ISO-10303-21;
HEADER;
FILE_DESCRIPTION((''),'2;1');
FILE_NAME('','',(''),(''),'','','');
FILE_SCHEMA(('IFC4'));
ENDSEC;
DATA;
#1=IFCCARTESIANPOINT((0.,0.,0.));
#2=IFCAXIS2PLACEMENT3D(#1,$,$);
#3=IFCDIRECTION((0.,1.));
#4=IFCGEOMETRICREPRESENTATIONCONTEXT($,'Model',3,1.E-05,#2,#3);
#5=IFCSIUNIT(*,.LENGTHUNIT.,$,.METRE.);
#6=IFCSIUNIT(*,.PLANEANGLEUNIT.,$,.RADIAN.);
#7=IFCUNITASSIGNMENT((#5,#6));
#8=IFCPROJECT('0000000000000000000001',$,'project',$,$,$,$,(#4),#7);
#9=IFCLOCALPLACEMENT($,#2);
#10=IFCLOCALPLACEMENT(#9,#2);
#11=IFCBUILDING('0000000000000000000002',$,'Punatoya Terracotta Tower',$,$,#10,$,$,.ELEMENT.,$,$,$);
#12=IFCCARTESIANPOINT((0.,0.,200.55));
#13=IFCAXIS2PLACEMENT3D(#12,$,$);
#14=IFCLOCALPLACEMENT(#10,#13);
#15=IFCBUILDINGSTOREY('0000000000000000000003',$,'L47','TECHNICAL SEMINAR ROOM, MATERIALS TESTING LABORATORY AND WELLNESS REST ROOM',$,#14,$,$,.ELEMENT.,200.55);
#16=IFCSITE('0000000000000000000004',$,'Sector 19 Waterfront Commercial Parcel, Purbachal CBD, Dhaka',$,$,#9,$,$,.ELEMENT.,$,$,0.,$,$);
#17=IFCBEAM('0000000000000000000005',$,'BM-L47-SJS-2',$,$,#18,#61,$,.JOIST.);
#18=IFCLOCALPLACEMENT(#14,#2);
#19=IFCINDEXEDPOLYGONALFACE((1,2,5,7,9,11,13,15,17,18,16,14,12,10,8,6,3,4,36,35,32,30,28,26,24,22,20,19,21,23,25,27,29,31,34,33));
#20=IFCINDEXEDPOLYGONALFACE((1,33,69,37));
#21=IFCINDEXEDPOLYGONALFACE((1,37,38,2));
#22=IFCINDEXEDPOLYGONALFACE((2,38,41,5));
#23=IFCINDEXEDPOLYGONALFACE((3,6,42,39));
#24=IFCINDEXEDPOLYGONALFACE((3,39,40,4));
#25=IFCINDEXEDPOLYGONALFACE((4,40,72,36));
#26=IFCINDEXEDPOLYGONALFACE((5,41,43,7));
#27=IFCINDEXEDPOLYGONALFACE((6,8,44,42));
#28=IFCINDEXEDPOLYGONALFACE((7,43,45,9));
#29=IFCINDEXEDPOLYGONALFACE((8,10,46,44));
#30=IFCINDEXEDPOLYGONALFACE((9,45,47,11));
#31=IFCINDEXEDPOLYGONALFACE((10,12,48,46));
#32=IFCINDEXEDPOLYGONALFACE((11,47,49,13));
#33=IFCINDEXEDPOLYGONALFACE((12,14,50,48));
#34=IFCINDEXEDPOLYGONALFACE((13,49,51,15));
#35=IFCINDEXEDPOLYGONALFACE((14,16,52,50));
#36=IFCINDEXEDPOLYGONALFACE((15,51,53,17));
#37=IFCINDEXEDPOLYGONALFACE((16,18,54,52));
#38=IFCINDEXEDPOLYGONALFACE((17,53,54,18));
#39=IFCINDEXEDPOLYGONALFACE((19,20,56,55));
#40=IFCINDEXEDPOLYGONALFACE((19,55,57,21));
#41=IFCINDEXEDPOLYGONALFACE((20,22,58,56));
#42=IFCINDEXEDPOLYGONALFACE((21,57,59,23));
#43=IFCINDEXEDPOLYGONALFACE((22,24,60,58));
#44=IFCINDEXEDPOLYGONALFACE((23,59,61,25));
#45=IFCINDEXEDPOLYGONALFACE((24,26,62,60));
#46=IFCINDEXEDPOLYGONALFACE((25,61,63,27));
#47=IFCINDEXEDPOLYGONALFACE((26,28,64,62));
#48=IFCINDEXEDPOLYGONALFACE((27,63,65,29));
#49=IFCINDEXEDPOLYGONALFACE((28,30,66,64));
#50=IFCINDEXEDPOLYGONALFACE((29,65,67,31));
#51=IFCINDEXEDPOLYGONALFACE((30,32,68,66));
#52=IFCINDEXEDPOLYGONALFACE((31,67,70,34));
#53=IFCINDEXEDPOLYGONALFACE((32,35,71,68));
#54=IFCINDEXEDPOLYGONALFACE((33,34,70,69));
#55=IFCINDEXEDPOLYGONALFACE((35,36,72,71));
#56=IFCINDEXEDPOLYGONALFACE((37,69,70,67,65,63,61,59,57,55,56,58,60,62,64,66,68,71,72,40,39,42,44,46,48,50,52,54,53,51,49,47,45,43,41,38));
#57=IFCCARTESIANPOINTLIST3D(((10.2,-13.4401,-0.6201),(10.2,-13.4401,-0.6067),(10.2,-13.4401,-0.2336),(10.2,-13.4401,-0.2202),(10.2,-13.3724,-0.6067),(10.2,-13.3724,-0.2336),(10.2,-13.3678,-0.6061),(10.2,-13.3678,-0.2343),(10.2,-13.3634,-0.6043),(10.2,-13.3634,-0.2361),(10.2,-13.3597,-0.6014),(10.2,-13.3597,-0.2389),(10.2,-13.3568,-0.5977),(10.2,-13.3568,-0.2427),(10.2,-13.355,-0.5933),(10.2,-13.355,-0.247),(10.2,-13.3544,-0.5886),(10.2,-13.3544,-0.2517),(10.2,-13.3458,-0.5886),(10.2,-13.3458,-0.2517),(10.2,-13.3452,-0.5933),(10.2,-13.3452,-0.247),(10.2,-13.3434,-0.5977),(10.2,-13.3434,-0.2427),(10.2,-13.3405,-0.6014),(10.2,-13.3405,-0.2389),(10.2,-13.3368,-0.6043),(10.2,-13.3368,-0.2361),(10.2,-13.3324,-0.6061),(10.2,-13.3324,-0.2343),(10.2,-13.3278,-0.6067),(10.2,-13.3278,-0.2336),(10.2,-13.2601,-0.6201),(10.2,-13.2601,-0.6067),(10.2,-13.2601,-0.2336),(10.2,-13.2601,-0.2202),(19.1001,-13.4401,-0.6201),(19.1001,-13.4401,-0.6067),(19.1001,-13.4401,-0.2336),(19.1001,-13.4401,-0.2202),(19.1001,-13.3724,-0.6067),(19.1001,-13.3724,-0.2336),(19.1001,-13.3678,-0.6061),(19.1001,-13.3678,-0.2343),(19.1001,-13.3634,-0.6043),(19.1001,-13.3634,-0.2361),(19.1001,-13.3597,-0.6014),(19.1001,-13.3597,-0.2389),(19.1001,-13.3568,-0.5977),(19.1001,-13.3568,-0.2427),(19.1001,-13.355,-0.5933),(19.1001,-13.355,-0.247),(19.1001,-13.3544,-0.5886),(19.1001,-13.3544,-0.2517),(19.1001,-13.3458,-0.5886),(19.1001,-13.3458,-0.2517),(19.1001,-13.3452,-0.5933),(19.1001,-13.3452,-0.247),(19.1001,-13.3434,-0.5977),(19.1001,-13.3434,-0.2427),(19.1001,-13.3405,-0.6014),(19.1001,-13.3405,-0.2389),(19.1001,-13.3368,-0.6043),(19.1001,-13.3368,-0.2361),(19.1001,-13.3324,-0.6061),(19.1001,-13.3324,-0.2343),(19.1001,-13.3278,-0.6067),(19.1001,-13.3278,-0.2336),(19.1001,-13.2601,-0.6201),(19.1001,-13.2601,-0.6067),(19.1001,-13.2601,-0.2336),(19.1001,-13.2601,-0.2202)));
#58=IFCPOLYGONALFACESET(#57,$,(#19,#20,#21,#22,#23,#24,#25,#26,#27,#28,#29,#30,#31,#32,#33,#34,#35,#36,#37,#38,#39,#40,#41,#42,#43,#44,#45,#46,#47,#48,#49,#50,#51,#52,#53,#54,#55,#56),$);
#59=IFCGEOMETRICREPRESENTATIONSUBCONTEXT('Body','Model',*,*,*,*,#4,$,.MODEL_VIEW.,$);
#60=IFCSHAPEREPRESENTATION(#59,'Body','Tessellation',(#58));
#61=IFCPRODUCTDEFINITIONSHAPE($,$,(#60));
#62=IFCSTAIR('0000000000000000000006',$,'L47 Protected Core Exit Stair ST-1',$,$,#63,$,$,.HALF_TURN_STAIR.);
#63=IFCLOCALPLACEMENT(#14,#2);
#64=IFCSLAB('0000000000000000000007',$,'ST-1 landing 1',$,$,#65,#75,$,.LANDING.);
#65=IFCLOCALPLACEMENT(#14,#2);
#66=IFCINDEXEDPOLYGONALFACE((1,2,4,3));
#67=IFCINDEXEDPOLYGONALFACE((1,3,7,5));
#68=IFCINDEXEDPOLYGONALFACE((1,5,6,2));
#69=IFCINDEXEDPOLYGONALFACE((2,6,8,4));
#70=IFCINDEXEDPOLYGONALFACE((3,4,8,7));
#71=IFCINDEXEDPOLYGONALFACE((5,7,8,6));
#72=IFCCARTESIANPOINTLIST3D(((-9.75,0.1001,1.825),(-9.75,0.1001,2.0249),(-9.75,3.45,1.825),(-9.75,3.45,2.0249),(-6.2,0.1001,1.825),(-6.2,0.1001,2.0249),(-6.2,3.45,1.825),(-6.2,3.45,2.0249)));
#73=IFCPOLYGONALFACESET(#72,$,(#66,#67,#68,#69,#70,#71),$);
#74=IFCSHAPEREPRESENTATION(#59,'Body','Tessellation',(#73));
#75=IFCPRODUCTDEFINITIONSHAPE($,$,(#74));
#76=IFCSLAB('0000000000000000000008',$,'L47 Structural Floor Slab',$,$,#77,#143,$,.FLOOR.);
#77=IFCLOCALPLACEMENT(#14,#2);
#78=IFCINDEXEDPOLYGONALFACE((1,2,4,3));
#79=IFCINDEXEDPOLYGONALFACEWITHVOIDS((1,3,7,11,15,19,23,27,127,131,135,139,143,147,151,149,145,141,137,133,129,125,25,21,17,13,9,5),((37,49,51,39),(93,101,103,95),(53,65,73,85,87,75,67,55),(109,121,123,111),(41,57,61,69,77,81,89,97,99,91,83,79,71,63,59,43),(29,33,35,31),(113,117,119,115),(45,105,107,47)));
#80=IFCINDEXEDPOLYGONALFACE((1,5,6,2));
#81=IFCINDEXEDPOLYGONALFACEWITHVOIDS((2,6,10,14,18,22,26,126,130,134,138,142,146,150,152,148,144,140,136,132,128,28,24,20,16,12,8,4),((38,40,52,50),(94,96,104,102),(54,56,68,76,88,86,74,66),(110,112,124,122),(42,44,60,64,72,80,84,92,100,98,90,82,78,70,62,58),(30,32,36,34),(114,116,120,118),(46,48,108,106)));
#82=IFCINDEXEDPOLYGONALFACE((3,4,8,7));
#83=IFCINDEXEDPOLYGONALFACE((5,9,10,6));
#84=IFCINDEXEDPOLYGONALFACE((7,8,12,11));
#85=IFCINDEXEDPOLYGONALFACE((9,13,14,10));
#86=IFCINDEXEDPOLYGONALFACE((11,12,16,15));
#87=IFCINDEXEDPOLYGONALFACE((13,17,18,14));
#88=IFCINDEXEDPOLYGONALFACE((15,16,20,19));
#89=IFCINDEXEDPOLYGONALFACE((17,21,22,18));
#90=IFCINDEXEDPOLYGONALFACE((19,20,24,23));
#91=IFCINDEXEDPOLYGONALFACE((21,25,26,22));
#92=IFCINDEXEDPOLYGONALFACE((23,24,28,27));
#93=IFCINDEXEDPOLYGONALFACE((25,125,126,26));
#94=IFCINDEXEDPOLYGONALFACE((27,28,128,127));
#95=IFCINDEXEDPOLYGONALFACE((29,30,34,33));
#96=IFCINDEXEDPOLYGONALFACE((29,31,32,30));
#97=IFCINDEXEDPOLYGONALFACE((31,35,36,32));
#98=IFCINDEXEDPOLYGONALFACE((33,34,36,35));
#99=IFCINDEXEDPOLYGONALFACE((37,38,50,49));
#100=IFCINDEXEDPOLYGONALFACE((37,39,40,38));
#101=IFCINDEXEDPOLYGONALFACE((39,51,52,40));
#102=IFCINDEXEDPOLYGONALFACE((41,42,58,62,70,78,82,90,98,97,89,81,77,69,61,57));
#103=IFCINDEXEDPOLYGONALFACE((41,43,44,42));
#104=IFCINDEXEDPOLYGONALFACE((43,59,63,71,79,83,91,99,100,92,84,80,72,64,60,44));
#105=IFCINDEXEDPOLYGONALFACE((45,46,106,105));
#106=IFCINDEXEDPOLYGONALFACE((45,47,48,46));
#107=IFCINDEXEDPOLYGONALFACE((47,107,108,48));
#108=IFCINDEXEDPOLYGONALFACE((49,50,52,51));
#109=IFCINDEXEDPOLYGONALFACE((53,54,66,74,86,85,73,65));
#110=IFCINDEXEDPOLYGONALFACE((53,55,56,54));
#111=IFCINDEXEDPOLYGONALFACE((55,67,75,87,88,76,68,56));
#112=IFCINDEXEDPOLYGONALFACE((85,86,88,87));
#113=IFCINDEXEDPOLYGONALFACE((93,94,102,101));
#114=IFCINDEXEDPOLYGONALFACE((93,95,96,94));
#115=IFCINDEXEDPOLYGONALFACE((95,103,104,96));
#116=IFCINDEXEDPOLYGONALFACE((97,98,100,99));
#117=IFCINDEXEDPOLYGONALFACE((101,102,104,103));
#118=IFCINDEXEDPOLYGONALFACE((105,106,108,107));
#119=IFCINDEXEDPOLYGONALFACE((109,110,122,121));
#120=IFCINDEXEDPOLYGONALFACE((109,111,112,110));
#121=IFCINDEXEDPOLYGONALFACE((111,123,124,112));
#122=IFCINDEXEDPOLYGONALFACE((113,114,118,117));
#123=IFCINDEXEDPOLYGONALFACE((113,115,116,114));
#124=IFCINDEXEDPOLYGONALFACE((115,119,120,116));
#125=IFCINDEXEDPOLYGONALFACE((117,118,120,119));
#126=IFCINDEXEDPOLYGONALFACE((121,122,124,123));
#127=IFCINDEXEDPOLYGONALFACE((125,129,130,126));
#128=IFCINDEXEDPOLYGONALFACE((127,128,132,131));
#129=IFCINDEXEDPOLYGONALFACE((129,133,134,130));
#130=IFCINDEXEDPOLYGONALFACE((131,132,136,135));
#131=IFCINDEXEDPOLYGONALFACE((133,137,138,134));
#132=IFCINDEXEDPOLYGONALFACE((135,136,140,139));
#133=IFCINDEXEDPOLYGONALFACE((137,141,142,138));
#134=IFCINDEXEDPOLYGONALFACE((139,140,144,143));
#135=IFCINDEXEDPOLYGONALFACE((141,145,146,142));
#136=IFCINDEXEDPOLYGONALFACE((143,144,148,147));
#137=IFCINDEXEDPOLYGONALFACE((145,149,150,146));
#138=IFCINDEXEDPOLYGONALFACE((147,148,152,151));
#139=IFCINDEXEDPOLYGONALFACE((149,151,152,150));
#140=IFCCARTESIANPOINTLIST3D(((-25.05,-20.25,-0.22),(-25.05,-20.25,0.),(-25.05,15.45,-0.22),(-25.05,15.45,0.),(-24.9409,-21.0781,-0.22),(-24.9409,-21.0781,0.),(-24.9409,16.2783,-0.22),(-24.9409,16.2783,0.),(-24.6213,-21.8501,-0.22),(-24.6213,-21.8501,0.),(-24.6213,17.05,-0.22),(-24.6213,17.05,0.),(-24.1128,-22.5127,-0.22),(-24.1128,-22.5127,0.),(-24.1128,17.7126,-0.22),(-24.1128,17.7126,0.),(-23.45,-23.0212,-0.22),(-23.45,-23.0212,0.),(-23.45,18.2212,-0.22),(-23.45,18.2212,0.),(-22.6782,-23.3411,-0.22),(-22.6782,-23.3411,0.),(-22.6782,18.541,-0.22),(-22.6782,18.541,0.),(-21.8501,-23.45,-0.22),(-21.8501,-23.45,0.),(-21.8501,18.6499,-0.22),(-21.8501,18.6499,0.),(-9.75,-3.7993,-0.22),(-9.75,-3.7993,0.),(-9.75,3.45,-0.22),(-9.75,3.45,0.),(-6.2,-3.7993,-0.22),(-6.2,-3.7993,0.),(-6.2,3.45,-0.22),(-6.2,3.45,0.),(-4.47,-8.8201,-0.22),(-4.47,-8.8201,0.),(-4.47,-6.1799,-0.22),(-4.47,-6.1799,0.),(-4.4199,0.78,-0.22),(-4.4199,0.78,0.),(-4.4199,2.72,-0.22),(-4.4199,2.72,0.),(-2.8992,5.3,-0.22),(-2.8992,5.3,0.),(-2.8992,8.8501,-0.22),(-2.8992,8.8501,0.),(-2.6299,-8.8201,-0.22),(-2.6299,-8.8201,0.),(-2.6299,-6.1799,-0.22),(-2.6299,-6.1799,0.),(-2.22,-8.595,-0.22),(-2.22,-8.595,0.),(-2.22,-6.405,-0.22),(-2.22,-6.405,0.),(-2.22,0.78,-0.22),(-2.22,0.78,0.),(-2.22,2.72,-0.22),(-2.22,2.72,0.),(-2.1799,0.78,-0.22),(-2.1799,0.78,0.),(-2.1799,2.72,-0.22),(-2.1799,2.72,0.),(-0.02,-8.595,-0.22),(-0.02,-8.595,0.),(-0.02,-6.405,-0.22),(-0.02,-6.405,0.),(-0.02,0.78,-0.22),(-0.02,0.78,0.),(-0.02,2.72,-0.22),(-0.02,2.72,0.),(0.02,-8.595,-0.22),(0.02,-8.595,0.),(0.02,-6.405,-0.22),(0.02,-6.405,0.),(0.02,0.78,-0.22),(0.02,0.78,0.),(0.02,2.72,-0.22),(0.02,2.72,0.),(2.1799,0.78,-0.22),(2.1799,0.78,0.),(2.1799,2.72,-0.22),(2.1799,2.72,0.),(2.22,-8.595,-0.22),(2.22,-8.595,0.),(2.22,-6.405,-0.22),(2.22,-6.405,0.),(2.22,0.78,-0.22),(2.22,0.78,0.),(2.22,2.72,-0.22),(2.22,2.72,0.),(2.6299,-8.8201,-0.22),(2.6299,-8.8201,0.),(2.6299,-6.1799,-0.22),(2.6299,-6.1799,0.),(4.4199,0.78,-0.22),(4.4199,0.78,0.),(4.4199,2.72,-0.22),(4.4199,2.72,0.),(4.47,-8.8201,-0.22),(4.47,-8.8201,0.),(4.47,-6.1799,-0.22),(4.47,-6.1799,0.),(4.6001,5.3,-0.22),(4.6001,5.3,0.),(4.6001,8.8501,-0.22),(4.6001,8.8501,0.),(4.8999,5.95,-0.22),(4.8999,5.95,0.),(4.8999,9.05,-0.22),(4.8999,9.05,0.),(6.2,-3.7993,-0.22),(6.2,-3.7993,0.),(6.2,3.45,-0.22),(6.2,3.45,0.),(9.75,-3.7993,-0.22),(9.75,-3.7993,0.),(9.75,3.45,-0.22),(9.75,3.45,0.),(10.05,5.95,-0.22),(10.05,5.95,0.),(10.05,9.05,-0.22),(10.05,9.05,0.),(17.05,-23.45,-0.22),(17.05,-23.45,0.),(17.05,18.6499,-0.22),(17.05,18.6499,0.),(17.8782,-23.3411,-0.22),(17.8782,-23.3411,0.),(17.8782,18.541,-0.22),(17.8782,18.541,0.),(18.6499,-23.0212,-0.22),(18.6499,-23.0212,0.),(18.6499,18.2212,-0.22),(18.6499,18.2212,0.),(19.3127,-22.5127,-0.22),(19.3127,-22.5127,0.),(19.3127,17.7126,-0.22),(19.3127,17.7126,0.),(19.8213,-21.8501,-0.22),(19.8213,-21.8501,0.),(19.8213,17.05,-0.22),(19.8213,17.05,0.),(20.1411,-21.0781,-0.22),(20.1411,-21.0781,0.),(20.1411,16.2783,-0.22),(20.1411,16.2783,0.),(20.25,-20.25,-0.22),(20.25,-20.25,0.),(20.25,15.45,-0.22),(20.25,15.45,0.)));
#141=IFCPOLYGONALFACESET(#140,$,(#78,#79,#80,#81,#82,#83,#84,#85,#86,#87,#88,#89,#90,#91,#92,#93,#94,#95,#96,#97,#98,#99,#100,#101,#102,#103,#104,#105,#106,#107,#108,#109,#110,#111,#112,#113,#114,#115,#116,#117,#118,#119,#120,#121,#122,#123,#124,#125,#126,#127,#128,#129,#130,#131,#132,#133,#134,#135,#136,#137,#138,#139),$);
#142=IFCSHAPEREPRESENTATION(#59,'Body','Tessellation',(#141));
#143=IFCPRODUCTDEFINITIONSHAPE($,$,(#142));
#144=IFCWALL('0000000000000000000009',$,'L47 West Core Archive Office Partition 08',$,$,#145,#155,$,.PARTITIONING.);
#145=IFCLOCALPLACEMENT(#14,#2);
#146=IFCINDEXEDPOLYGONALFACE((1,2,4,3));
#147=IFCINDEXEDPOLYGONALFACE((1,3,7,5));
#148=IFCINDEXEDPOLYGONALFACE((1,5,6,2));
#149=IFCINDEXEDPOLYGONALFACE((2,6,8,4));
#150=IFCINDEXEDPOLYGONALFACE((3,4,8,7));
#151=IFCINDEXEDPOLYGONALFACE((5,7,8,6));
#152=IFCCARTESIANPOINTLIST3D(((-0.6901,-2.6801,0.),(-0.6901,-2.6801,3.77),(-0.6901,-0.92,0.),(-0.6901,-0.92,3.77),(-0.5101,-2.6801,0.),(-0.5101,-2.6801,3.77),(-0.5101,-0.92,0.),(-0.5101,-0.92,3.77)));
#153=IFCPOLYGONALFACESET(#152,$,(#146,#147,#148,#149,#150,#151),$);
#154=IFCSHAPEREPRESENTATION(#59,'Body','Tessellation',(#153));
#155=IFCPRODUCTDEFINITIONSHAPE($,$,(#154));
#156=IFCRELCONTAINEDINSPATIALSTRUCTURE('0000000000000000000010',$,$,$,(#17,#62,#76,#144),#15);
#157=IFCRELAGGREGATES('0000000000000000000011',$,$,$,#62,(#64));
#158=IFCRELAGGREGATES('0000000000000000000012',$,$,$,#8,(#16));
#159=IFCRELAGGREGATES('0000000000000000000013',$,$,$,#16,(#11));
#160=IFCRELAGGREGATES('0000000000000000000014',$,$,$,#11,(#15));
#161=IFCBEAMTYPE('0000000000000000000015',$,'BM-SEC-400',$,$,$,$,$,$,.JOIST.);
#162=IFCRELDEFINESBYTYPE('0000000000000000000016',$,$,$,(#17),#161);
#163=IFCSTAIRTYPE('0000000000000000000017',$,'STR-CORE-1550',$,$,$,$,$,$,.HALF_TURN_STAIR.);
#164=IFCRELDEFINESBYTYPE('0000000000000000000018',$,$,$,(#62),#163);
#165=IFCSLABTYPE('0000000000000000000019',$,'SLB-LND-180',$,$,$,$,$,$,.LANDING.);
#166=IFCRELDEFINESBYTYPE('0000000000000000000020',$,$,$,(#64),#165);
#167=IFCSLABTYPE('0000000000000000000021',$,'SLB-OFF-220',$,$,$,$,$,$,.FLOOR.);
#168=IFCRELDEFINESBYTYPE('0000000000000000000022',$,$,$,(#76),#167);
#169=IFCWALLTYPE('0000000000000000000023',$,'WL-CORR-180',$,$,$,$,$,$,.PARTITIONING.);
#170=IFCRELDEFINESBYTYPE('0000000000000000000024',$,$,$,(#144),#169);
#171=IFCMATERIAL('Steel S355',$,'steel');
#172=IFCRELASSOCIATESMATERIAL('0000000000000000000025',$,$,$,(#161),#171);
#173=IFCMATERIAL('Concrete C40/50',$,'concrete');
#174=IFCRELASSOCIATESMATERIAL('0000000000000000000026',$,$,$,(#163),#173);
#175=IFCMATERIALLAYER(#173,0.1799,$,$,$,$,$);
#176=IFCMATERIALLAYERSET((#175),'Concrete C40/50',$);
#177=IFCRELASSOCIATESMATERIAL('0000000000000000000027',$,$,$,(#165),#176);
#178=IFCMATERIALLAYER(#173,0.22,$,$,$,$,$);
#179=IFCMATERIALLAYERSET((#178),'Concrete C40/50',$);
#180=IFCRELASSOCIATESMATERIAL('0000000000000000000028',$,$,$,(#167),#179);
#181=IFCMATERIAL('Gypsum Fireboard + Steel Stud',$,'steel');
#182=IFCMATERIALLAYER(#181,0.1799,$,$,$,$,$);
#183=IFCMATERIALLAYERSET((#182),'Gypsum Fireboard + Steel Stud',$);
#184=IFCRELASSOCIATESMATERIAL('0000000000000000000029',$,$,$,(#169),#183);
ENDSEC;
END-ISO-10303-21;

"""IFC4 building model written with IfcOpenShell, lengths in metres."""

from ifc_helpers import new_model, si_unit, direction, frame, frame_2d, origin, origin_2d, place, context, subcontext, project, spatial, polyline, rectangle, i_section, outline, extrude, material, layer, layer_set, material_profile, profile_set, type_object, element, aggregate, save


model = new_model("IFC4")

# Units and contexts
model_context = context("Model", 3, precision=1e-05, world=origin(), true_north=direction((0.0, 1.0)))
body_context = subcontext(model_context, "Body", "Model", "MODEL_VIEW")
ifc_project = project(units=[si_unit("LENGTHUNIT", "METRE"), si_unit("PLANEANGLEUNIT", "RADIAN")], contexts=[model_context])

# Site, building, storey
site_placement = place(None, origin())
site = spatial("IfcSite", under=ifc_project, at=site_placement, Name="Sector 19 Waterfront Commercial Parcel, Purbachal CBD, Dhaka", CompositionType="ELEMENT", RefElevation=0.0)
building_placement = place(site_placement, origin())
building = spatial("IfcBuilding", under=site, at=building_placement, Name="Punatoya Terracotta Tower", CompositionType="ELEMENT")
storey_placement = place(building_placement, frame((0.0, 0.0, 200.55)))
storey = spatial("IfcBuildingStorey", under=building, at=storey_placement, Name="L47", Description="TECHNICAL SEMINAR ROOM, MATERIALS TESTING LABORATORY AND WELLNESS REST ROOM", CompositionType="ELEMENT", Elevation=200.55)

# Beam
ifc_material_1 = material(Name="Steel S355", Category="steel")
ifc_material_profile = material_profile(ifc_material_1, i_section(OverallWidth=0.1799, OverallDepth=0.3999, WebThickness=0.0085, FlangeThickness=0.0134, FilletRadius=0.0181, at=origin_2d()))
ifc_profile_set = profile_set([ifc_material_profile], Name="Steel S355")
beam_type = type_object("IfcBeamType", Name="BM-SEC-400", PredefinedType="JOIST", material=ifc_profile_set)
beam_placement = place(storey_placement, frame((10.2, -13.3501, -0.4202), z_axis=(1.0, 0.0, 0.0), x_axis=(0.0, 1.0, 0.0)))
element("IfcBeam", 1, at=beam_placement, inside=storey, type_object=beam_type, Name="BM-L47-SJS-2", PredefinedType="JOIST", context=body_context, shape_type="SweptSolid", body=[
    extrude(i_section(OverallWidth=0.1799, OverallDepth=0.3999, WebThickness=0.0085, FlangeThickness=0.0134, FilletRadius=0.0181, at=origin_2d()), origin(), (0.0, 0.0, 1.0), 8.9001),
])

# Stair, slab
ifc_material_2 = material(Name="Concrete C40/50", Category="concrete")
stair_type_1 = type_object("IfcStairType", Name="STR-CORE-1550", PredefinedType="HALF_TURN_STAIR", material=ifc_material_2)
stair_1_placement = place(storey_placement, origin())
stair_1 = element("IfcStair", 2, at=stair_1_placement, inside=storey, type_object=stair_type_1, Name="L47 Protected Core Exit Stair ST-1", PredefinedType="HALF_TURN_STAIR")
ifc_layer_1 = layer(ifc_material_2, 0.1799)
ifc_layer_set_1 = layer_set([ifc_layer_1], Name="Concrete C40/50")
slab_type_1 = type_object("IfcSlabType", Name="SLB-LND-180", PredefinedType="LANDING", material=ifc_layer_set_1)
slab_1_placement = place(storey_placement, frame((0.0, 0.0, 1.825)))
slab_1 = element("IfcSlab", 3, at=slab_1_placement, type_object=slab_type_1, Name="ST-1 landing 1", PredefinedType="LANDING", context=body_context, shape_type="SweptSolid", body=[
    extrude(outline(polyline([(-6.2, 0.1001), (-6.2, 3.45), (-9.75, 3.45), (-9.75, 0.1001), (-6.2, 0.1001)])), origin(), (0.0, 0.0, 1.0), 0.2),
])
aggregate(stair_1, [slab_1])

# Slab
ifc_layer_2 = layer(ifc_material_2, 0.22)
ifc_layer_set_2 = layer_set([ifc_layer_2], Name="Concrete C40/50")
slab_type_2 = type_object("IfcSlabType", Name="SLB-OFF-220", PredefinedType="FLOOR", material=ifc_layer_set_2)
slab_2_placement = place(storey_placement, frame((0.0, 0.0, -0.22)))
element("IfcSlab", 4, at=slab_2_placement, inside=storey, type_object=slab_type_2, Name="L47 Structural Floor Slab", PredefinedType="FLOOR", context=body_context, shape_type="SweptSolid", body=[
    extrude(outline(polyline([(-21.8501, -23.45), (-22.6782, -23.3411), (-23.45, -23.0212), (-24.1128, -22.5127), (-24.6213, -21.8501), (-24.9409, -21.0781), (-25.05, -20.25), (-25.05, 15.45), (-24.9409, 16.2783), (-24.6213, 17.05), (-24.1128, 17.7126), (-23.45, 18.2212), (-22.6782, 18.541), (-21.8501, 18.6499), (17.05, 18.6499), (17.8782, 18.541), (18.6499, 18.2212), (19.3127, 17.7126), (19.8213, 17.05), (20.1411, 16.2783), (20.25, 15.45), (20.25, -20.25), (20.1411, -21.0781), (19.8213, -21.8501), (19.3127, -22.5127), (18.6499, -23.0212), (17.8782, -23.3411), (17.05, -23.45), (-21.8501, -23.45)]), holes=[polyline([(-2.6299, -6.1799), (-4.47, -6.1799), (-4.47, -8.8201), (-2.6299, -8.8201), (-2.6299, -6.1799)]), polyline([(0.02, -8.595), (2.22, -8.595), (2.22, -6.405), (0.02, -6.405), (-0.02, -6.405), (-2.22, -6.405), (-2.22, -8.595), (-0.02, -8.595), (0.02, -8.595)]), polyline([(-6.2, 3.45), (-9.75, 3.45), (-9.75, -3.7993), (-6.2, -3.7993), (-6.2, 3.45)]), polyline([(-4.4199, 2.72), (-4.4199, 0.78), (-2.22, 0.78), (-2.1799, 0.78), (-0.02, 0.78), (0.02, 0.78), (2.1799, 0.78), (2.22, 0.78), (4.4199, 0.78), (4.4199, 2.72), (2.22, 2.72), (2.1799, 2.72), (0.02, 2.72), (-0.02, 2.72), (-2.1799, 2.72), (-2.22, 2.72), (-4.4199, 2.72)]), polyline([(4.6001, 5.3), (4.6001, 8.8501), (-2.8992, 8.8501), (-2.8992, 5.3), (4.6001, 5.3)]), polyline([(4.47, -8.8201), (4.47, -6.1799), (2.6299, -6.1799), (2.6299, -8.8201), (4.47, -8.8201)]), polyline([(9.75, 3.45), (6.2, 3.45), (6.2, -3.7993), (9.75, -3.7993), (9.75, 3.45)]), polyline([(10.05, 5.95), (10.05, 9.05), (4.8999, 9.05), (4.8999, 5.95), (10.05, 5.95)])]), origin(), (0.0, 0.0, 1.0), 0.22),
])

# Wall
ifc_material_3 = material(Name="Gypsum Fireboard + Steel Stud", Category="steel")
ifc_layer_3 = layer(ifc_material_3, 0.1799)
ifc_layer_set_3 = layer_set([ifc_layer_3], Name="Gypsum Fireboard + Steel Stud")
wall_type_1 = type_object("IfcWallType", Name="WL-CORR-180", PredefinedType="PARTITIONING", material=ifc_layer_set_3)
wall_1_placement = place(storey_placement, frame((-0.6001, -2.6799, 0.0), z_axis=(0.0, 0.0, 1.0), x_axis=(0.0, 1.0, 0.0)))
element("IfcWall", 5, at=wall_1_placement, inside=storey, type_object=wall_type_1, Name="L47 West Core Archive Office Partition 08", PredefinedType="PARTITIONING", context=body_context, shape_type="SweptSolid", body=[
    extrude(rectangle(XDim=1.76, YDim=0.1799, at=frame_2d((0.8799, 0.0))), origin(), (0.0, 0.0, 1.0), 3.77),
])

save(model, "model.ifc")
